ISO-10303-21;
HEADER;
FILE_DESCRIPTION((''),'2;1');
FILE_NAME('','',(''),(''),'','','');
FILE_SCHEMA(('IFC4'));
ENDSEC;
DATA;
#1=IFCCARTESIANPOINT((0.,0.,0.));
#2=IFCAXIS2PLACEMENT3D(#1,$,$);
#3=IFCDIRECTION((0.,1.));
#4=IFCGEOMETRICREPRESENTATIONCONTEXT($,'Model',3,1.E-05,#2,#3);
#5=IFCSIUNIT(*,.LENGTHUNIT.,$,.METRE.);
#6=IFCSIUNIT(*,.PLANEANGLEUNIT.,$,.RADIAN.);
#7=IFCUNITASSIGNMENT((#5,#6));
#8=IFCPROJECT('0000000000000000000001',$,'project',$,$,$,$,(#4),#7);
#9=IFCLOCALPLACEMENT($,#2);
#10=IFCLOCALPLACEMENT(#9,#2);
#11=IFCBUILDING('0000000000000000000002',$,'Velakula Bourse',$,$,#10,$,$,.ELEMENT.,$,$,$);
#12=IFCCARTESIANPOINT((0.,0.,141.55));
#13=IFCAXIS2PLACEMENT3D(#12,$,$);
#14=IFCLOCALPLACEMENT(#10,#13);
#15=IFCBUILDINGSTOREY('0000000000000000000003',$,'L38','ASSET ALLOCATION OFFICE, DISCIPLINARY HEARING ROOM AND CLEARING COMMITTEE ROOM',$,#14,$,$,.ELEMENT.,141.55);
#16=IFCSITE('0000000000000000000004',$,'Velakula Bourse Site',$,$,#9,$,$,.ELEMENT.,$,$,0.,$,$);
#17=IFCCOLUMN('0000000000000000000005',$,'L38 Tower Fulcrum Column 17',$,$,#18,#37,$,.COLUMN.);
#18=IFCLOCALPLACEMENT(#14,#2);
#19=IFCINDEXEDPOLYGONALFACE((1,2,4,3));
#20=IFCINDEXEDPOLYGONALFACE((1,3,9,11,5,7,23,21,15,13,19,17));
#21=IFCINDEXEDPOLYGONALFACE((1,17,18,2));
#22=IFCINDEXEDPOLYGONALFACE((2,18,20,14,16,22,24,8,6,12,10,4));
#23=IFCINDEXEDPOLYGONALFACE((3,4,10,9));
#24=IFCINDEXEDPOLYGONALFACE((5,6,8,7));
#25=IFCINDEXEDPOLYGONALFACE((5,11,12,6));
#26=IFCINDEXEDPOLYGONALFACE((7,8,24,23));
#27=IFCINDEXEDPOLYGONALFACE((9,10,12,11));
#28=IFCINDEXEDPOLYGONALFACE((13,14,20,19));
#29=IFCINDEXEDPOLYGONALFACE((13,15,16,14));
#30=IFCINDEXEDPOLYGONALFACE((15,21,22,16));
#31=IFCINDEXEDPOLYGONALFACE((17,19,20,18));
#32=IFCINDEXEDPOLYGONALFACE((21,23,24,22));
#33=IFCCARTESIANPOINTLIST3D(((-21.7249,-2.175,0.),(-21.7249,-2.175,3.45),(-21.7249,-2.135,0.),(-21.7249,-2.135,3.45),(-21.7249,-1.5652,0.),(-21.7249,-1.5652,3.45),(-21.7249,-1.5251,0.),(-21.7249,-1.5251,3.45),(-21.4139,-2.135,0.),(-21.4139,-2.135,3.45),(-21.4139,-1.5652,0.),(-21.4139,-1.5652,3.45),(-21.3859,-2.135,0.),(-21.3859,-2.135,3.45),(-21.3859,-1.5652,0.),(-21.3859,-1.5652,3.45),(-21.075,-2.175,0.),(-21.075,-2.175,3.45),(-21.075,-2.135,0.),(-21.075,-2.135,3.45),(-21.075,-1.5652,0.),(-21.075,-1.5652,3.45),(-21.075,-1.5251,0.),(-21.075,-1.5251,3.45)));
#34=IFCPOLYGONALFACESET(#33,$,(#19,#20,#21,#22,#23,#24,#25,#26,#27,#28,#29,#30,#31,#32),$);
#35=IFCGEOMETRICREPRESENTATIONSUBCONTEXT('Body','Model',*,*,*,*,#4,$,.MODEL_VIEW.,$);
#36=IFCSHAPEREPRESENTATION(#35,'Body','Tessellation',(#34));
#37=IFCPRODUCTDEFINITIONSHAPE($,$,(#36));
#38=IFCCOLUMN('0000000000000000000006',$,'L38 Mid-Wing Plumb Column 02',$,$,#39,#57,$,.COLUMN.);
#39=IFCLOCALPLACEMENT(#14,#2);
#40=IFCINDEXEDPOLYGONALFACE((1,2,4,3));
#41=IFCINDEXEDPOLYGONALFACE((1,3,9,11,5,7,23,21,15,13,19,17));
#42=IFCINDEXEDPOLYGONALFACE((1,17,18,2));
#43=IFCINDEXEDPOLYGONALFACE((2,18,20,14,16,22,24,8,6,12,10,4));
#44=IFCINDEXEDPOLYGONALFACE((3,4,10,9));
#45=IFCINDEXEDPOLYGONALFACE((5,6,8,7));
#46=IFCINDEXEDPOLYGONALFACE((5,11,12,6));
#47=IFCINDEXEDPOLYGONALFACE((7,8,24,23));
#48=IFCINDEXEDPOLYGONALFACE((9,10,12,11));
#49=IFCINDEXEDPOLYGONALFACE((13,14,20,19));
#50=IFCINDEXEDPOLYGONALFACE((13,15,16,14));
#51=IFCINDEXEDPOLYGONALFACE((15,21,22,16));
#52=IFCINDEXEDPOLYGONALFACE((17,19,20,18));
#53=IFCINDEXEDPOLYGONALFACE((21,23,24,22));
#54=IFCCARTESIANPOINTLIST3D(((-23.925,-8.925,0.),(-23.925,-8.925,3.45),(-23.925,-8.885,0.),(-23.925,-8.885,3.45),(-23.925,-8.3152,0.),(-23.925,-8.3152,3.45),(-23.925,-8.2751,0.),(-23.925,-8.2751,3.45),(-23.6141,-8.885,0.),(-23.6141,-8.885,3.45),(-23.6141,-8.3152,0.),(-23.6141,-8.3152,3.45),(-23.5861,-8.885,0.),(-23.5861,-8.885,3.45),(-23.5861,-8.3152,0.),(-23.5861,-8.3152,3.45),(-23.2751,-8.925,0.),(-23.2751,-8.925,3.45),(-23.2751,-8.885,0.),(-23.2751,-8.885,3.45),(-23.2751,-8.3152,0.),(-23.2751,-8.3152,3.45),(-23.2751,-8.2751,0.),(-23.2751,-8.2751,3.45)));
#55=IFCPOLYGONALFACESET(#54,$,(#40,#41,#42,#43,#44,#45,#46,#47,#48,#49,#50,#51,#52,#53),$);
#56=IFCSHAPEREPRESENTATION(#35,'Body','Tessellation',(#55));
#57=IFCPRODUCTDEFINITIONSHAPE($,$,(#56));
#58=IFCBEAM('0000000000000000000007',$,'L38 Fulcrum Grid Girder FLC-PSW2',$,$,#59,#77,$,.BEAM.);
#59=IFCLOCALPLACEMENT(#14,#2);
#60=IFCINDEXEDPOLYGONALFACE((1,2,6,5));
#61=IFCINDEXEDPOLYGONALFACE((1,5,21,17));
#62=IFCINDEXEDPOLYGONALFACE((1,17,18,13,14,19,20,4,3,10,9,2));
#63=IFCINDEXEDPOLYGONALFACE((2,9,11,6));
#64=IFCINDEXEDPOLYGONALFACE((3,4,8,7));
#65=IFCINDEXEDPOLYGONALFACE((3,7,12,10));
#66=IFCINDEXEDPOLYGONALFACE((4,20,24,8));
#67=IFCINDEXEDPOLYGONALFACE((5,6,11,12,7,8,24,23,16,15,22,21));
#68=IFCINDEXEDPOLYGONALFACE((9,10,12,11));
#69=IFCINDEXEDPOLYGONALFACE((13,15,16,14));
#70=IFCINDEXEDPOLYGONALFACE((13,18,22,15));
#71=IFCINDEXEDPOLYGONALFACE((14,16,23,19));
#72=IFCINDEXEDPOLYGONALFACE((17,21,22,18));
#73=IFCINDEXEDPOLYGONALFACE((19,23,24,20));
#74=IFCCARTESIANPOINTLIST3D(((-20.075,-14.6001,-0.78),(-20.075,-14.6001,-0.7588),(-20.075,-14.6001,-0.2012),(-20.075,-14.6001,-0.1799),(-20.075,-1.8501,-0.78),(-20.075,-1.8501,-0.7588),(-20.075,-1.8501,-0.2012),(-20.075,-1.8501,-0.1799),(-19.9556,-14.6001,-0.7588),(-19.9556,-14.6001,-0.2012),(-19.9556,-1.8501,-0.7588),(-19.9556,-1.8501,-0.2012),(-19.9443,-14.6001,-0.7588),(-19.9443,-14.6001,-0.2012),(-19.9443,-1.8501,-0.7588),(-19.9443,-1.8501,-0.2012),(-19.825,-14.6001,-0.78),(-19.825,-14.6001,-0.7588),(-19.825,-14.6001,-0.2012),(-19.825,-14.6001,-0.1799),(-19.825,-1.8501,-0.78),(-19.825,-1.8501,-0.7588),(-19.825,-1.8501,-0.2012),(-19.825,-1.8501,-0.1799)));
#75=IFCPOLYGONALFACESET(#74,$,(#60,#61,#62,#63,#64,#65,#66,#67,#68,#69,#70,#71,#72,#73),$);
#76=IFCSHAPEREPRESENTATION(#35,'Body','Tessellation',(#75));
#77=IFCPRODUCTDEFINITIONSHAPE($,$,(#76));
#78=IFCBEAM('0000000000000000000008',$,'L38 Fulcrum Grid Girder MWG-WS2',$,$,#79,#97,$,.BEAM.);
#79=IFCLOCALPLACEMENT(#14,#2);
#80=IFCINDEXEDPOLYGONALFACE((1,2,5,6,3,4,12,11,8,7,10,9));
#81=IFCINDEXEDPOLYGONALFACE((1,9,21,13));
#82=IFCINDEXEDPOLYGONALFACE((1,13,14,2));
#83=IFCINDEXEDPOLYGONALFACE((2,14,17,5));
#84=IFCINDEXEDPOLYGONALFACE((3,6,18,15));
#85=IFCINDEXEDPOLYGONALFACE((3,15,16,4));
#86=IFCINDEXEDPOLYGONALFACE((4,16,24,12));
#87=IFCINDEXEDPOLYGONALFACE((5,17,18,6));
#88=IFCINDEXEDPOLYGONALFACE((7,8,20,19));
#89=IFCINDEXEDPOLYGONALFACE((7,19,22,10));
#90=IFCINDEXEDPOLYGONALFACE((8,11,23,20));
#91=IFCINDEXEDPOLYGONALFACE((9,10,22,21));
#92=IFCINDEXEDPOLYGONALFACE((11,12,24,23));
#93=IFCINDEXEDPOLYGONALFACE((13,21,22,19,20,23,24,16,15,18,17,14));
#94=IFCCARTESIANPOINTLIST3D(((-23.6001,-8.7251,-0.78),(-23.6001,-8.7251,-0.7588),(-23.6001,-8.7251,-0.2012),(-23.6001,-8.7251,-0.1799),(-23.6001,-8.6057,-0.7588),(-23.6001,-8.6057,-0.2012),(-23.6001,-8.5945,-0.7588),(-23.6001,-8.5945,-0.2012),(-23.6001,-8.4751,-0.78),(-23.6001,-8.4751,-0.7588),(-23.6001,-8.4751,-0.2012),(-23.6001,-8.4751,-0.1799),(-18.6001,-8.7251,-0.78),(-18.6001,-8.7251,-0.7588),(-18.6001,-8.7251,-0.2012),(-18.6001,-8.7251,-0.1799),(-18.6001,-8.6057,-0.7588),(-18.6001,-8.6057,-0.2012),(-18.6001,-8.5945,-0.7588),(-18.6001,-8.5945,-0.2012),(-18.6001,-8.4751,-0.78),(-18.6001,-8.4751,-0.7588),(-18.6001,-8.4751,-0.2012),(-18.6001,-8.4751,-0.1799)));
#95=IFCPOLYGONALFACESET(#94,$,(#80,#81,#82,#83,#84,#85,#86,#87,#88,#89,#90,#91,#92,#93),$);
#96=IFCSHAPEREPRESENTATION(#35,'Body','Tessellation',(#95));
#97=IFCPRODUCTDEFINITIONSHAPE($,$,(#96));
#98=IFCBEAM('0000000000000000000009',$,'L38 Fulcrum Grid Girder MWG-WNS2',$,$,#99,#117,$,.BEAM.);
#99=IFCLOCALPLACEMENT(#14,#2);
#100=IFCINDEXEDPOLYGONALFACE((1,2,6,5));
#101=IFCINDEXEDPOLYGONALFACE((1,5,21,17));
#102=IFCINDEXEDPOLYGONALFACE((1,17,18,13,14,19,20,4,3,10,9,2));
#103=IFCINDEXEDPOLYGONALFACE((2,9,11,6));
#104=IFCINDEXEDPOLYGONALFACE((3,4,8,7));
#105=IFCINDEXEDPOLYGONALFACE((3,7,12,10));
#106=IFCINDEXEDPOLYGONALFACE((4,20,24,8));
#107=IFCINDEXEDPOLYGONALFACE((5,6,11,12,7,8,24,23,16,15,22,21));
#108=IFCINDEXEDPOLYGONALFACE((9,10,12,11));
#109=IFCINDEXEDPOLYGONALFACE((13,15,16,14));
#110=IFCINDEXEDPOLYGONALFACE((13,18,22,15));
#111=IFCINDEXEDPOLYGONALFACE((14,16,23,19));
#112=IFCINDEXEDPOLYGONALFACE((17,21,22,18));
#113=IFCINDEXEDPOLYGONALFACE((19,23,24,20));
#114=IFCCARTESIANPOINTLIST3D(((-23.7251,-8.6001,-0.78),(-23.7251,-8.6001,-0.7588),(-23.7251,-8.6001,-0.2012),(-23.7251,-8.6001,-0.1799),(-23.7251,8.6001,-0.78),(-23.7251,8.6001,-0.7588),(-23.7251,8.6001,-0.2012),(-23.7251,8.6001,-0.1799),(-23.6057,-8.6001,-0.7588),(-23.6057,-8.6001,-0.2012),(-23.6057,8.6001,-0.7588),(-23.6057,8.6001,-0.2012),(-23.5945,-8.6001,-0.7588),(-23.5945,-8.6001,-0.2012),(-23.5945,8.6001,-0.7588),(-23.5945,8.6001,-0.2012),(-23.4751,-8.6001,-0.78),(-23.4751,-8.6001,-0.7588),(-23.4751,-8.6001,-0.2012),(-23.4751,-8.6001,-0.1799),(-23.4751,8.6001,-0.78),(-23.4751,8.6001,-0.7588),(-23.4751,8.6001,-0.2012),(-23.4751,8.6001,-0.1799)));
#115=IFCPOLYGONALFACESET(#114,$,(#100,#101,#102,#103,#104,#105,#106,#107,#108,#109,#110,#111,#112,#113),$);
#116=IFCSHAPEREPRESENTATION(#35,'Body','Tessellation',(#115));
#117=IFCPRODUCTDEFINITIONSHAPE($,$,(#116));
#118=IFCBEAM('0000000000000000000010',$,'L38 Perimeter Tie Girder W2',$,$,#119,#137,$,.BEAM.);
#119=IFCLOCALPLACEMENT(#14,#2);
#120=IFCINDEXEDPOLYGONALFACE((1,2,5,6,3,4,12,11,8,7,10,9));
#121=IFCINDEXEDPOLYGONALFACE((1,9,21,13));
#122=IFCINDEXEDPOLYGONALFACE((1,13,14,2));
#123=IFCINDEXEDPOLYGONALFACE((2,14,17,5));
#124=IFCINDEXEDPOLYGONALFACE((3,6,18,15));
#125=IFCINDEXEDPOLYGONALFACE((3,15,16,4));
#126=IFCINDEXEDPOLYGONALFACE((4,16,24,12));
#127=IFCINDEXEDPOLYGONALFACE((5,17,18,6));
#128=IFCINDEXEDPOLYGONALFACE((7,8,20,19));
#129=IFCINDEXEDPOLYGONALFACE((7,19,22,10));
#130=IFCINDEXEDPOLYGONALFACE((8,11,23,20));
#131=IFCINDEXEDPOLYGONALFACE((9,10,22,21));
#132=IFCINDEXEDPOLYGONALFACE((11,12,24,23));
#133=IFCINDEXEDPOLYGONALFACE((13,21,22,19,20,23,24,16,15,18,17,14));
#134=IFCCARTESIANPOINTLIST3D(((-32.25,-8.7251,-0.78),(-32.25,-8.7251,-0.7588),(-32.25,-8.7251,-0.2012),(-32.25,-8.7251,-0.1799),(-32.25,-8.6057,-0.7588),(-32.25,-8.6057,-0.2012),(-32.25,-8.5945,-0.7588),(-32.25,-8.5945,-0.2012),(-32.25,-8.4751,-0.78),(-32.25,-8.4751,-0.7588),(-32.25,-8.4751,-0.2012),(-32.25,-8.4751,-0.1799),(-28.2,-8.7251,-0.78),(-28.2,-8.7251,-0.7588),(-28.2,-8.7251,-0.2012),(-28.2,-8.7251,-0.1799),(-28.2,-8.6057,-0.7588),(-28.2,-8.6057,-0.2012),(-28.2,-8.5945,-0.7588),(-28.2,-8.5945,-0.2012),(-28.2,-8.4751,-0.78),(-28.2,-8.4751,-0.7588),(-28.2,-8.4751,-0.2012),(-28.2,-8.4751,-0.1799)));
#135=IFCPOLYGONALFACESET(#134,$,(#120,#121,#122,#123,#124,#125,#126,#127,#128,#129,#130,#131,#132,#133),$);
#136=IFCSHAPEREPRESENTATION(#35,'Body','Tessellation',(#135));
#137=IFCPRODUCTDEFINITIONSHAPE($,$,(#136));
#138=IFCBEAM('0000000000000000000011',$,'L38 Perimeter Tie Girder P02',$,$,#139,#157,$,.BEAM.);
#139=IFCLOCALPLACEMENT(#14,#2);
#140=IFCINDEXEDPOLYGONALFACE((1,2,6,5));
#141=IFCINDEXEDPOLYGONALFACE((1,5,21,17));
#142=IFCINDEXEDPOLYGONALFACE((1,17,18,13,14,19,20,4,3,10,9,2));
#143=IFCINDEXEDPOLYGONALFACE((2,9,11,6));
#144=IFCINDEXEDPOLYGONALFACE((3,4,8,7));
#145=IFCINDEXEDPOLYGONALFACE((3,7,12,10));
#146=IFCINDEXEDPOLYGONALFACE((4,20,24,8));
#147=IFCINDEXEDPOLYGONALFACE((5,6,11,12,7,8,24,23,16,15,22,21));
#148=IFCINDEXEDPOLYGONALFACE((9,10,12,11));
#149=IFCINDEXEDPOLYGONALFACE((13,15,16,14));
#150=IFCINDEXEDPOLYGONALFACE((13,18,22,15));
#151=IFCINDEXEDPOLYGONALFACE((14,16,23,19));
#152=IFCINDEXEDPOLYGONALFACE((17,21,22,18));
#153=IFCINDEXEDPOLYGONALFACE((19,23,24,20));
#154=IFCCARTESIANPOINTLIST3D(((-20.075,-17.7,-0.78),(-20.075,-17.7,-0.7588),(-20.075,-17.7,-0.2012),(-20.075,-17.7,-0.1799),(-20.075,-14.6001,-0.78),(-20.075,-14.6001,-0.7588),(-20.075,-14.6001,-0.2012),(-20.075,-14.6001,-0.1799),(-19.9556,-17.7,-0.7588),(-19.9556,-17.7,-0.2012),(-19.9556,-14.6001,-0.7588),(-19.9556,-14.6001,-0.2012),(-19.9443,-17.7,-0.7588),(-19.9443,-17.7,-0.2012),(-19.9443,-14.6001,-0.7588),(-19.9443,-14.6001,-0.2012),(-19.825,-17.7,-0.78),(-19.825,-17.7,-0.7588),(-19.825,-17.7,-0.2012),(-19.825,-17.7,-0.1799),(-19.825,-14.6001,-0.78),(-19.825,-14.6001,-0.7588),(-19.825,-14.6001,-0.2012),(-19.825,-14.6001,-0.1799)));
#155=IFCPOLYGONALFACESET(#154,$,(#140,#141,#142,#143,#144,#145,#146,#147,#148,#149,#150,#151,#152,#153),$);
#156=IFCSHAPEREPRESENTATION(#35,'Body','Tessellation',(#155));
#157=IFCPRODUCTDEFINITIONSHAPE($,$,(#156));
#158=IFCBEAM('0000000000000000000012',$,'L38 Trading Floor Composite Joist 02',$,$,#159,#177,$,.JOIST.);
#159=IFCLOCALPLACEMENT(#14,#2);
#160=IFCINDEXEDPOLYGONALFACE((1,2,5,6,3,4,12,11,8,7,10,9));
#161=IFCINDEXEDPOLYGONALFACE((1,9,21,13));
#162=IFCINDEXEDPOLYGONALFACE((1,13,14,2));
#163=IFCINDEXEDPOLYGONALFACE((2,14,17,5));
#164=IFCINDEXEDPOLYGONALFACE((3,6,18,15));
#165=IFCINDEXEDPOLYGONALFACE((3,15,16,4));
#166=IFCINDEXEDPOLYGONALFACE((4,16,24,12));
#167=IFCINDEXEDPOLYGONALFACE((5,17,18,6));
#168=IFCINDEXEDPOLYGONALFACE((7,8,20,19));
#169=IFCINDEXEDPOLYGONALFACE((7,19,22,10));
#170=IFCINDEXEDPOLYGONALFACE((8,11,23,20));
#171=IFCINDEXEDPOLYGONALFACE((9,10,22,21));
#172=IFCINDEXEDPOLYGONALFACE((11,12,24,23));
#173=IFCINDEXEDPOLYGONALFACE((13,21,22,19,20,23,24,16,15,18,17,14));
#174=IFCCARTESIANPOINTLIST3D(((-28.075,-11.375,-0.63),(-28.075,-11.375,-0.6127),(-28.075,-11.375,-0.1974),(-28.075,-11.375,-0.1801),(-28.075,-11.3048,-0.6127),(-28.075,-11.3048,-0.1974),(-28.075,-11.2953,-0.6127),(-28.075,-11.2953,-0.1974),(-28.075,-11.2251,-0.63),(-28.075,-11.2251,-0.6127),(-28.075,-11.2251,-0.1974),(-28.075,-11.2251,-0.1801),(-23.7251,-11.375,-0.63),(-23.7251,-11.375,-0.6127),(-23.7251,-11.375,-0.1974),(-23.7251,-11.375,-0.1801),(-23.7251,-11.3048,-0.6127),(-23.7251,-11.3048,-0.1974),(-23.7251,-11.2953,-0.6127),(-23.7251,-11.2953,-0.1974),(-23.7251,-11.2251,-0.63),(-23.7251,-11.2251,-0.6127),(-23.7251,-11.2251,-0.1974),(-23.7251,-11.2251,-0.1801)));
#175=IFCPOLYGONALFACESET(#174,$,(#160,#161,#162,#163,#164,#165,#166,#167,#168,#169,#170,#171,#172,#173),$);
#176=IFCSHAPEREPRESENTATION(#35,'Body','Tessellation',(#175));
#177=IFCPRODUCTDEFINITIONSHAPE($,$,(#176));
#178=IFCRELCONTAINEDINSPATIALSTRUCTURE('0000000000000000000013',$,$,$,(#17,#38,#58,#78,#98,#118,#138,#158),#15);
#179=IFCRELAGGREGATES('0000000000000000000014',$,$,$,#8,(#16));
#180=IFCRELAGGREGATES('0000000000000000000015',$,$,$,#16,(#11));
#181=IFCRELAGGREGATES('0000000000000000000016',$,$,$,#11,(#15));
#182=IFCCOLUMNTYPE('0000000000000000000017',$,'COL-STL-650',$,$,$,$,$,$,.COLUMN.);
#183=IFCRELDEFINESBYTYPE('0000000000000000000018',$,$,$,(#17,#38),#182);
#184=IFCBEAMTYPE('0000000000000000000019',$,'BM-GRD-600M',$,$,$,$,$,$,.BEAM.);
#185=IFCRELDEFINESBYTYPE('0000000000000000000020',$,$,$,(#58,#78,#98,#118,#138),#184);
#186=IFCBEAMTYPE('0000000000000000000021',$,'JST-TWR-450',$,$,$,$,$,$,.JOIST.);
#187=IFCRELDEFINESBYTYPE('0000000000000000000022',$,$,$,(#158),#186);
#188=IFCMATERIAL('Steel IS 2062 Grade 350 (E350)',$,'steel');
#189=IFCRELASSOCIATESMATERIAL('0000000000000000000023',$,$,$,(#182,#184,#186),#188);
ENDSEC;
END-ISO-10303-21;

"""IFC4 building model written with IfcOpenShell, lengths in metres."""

from ifc_helpers import new_model, si_unit, direction, frame, origin, origin_2d, place, context, subcontext, project, spatial, i_section, extrude, material, material_profile, profile_set, type_object, element, save


model = new_model("IFC4")

# Units and contexts
model_context = context("Model", 3, precision=1e-05, world=origin(), true_north=direction((0.0, 1.0)))
body_context = subcontext(model_context, "Body", "Model", "MODEL_VIEW")
ifc_project = project(units=[si_unit("LENGTHUNIT", "METRE"), si_unit("PLANEANGLEUNIT", "RADIAN")], contexts=[model_context])

# Site, building, storey
site_placement = place(None, origin())
site = spatial("IfcSite", under=ifc_project, at=site_placement, Name="Velakula Bourse Site", CompositionType="ELEMENT", RefElevation=0.0)
building_placement = place(site_placement, origin())
building = spatial("IfcBuilding", under=site, at=building_placement, Name="Velakula Bourse", CompositionType="ELEMENT")
storey_placement = place(building_placement, frame((0.0, 0.0, 141.55)))
storey = spatial("IfcBuildingStorey", under=building, at=storey_placement, Name="L38", Description="ASSET ALLOCATION OFFICE, DISCIPLINARY HEARING ROOM AND CLEARING COMMITTEE ROOM", CompositionType="ELEMENT", Elevation=141.55)

# Columns
ifc_material = material(Name="Steel IS 2062 Grade 350 (E350)", Category="steel")
ifc_material_profile_1 = material_profile(ifc_material, i_section(OverallWidth=0.6499, OverallDepth=0.6499, WebThickness=0.0281, FlangeThickness=0.04, at=origin_2d()), Name="Steel IS 2062 Grade 350 (E350)")
ifc_profile_set_1 = profile_set([ifc_material_profile_1], Name="Steel IS 2062 Grade 350 (E350)")
column_type = type_object("IfcColumnType", Name="COL-STL-650", PredefinedType="COLUMN", material=ifc_profile_set_1)
for number, where, z_axis, x_axis, name in (
    (1, (-21.3999, -1.8501, 0.0), (0.0, 0.0, 1.0), (1.0, 0.0, 0.0), "L38 Tower Fulcrum Column 17"),
    (2, (-23.6001, -8.6001, 0.0), (0.0, 0.0, 1.0), (1.0, 0.0, 0.0), "L38 Mid-Wing Plumb Column 02"),
):
    element("IfcColumn", number, at=place(storey_placement, frame(where, z_axis=z_axis, x_axis=x_axis)), inside=storey, type_object=column_type, Name=name, PredefinedType="COLUMN", context=body_context, shape_type="SweptSolid", body=[
        extrude(i_section(OverallWidth=0.6499, OverallDepth=0.6499, WebThickness=0.0281, FlangeThickness=0.04, at=origin_2d()), origin(), (0.0, 0.0, 1.0), 3.45),
    ])

# Beams
ifc_material_profile_2 = material_profile(ifc_material, i_section(OverallWidth=0.25, OverallDepth=0.6001, WebThickness=0.0112, FlangeThickness=0.0212, at=origin_2d()), Name="Steel IS 2062 Grade 350 (E350)")
ifc_profile_set_2 = profile_set([ifc_material_profile_2], Name="Steel IS 2062 Grade 350 (E350)")
beam_type_1 = type_object("IfcBeamType", Name="BM-GRD-600M", PredefinedType="BEAM", material=ifc_profile_set_2)
beam_1_placement = place(storey_placement, frame((-19.95, -14.6001, -0.48), z_axis=(0.0, 1.0, 0.0), x_axis=(-1.0, 0.0, 0.0)))
element("IfcBeam", 3, at=beam_1_placement, inside=storey, type_object=beam_type_1, Name="L38 Fulcrum Grid Girder FLC-PSW2", PredefinedType="BEAM", context=body_context, shape_type="SweptSolid", body=[
    extrude(i_section(OverallWidth=0.25, OverallDepth=0.6001, WebThickness=0.0112, FlangeThickness=0.0212, at=origin_2d()), origin(), (0.0, 0.0, 1.0), 12.75),
])
beam_2_placement = place(storey_placement, frame((-23.6001, -8.6001, -0.48), z_axis=(1.0, 0.0, 0.0), x_axis=(0.0, 1.0, 0.0)))
element("IfcBeam", 4, at=beam_2_placement, inside=storey, type_object=beam_type_1, Name="L38 Fulcrum Grid Girder MWG-WS2", PredefinedType="BEAM", context=body_context, shape_type="SweptSolid", body=[
    extrude(i_section(OverallWidth=0.25, OverallDepth=0.6001, WebThickness=0.0112, FlangeThickness=0.0212, at=origin_2d()), origin(), (0.0, 0.0, 1.0), 5.0),
])
beam_3_placement = place(storey_placement, frame((-23.6001, -8.6001, -0.48), z_axis=(0.0, 1.0, 0.0), x_axis=(-1.0, 0.0, 0.0)))
element("IfcBeam", 5, at=beam_3_placement, inside=storey, type_object=beam_type_1, Name="L38 Fulcrum Grid Girder MWG-WNS2", PredefinedType="BEAM", context=body_context, shape_type="SweptSolid", body=[
    extrude(i_section(OverallWidth=0.25, OverallDepth=0.6001, WebThickness=0.0112, FlangeThickness=0.0212, at=origin_2d()), origin(), (0.0, 0.0, 1.0), 17.2002),
])
beam_4_placement = place(storey_placement, frame((-28.2, -8.6001, -0.48), z_axis=(-1.0, 0.0, 0.0), x_axis=(0.0, -1.0, 0.0)))
element("IfcBeam", 6, at=beam_4_placement, inside=storey, type_object=beam_type_1, Name="L38 Perimeter Tie Girder W2", PredefinedType="BEAM", context=body_context, shape_type="SweptSolid", body=[
    extrude(i_section(OverallWidth=0.25, OverallDepth=0.6001, WebThickness=0.0112, FlangeThickness=0.0212, at=origin_2d()), origin(), (0.0, 0.0, 1.0), 4.05),
])
beam_5_placement = place(storey_placement, frame((-19.95, -14.6001, -0.48), z_axis=(0.0, -1.0, 0.0), x_axis=(1.0, 0.0, 0.0)))
element("IfcBeam", 7, at=beam_5_placement, inside=storey, type_object=beam_type_1, Name="L38 Perimeter Tie Girder P02", PredefinedType="BEAM", context=body_context, shape_type="SweptSolid", body=[
    extrude(i_section(OverallWidth=0.25, OverallDepth=0.6001, WebThickness=0.0112, FlangeThickness=0.0212, at=origin_2d()), origin(), (0.0, 0.0, 1.0), 3.0999),
])
ifc_material_profile_3 = material_profile(ifc_material, i_section(OverallWidth=0.1499, OverallDepth=0.45, WebThickness=0.0095, FlangeThickness=0.0173, at=origin_2d()), Name="Steel IS 2062 Grade 350 (E350)")
ifc_profile_set_3 = profile_set([ifc_material_profile_3], Name="Steel IS 2062 Grade 350 (E350)")
beam_type_2 = type_object("IfcBeamType", Name="JST-TWR-450", PredefinedType="JOIST", material=ifc_profile_set_3)
beam_6_placement = place(storey_placement, frame((-28.075, -11.3, -0.405), z_axis=(1.0, 0.0, 0.0), x_axis=(0.0, 1.0, 0.0)))
element("IfcBeam", 8, at=beam_6_placement, inside=storey, type_object=beam_type_2, Name="L38 Trading Floor Composite Joist 02", PredefinedType="JOIST", context=body_context, shape_type="SweptSolid", body=[
    extrude(i_section(OverallWidth=0.1499, OverallDepth=0.45, WebThickness=0.0095, FlangeThickness=0.0173, at=origin_2d()), origin(), (0.0, 0.0, 1.0), 4.3499),
])

save(model, "model.ifc")
